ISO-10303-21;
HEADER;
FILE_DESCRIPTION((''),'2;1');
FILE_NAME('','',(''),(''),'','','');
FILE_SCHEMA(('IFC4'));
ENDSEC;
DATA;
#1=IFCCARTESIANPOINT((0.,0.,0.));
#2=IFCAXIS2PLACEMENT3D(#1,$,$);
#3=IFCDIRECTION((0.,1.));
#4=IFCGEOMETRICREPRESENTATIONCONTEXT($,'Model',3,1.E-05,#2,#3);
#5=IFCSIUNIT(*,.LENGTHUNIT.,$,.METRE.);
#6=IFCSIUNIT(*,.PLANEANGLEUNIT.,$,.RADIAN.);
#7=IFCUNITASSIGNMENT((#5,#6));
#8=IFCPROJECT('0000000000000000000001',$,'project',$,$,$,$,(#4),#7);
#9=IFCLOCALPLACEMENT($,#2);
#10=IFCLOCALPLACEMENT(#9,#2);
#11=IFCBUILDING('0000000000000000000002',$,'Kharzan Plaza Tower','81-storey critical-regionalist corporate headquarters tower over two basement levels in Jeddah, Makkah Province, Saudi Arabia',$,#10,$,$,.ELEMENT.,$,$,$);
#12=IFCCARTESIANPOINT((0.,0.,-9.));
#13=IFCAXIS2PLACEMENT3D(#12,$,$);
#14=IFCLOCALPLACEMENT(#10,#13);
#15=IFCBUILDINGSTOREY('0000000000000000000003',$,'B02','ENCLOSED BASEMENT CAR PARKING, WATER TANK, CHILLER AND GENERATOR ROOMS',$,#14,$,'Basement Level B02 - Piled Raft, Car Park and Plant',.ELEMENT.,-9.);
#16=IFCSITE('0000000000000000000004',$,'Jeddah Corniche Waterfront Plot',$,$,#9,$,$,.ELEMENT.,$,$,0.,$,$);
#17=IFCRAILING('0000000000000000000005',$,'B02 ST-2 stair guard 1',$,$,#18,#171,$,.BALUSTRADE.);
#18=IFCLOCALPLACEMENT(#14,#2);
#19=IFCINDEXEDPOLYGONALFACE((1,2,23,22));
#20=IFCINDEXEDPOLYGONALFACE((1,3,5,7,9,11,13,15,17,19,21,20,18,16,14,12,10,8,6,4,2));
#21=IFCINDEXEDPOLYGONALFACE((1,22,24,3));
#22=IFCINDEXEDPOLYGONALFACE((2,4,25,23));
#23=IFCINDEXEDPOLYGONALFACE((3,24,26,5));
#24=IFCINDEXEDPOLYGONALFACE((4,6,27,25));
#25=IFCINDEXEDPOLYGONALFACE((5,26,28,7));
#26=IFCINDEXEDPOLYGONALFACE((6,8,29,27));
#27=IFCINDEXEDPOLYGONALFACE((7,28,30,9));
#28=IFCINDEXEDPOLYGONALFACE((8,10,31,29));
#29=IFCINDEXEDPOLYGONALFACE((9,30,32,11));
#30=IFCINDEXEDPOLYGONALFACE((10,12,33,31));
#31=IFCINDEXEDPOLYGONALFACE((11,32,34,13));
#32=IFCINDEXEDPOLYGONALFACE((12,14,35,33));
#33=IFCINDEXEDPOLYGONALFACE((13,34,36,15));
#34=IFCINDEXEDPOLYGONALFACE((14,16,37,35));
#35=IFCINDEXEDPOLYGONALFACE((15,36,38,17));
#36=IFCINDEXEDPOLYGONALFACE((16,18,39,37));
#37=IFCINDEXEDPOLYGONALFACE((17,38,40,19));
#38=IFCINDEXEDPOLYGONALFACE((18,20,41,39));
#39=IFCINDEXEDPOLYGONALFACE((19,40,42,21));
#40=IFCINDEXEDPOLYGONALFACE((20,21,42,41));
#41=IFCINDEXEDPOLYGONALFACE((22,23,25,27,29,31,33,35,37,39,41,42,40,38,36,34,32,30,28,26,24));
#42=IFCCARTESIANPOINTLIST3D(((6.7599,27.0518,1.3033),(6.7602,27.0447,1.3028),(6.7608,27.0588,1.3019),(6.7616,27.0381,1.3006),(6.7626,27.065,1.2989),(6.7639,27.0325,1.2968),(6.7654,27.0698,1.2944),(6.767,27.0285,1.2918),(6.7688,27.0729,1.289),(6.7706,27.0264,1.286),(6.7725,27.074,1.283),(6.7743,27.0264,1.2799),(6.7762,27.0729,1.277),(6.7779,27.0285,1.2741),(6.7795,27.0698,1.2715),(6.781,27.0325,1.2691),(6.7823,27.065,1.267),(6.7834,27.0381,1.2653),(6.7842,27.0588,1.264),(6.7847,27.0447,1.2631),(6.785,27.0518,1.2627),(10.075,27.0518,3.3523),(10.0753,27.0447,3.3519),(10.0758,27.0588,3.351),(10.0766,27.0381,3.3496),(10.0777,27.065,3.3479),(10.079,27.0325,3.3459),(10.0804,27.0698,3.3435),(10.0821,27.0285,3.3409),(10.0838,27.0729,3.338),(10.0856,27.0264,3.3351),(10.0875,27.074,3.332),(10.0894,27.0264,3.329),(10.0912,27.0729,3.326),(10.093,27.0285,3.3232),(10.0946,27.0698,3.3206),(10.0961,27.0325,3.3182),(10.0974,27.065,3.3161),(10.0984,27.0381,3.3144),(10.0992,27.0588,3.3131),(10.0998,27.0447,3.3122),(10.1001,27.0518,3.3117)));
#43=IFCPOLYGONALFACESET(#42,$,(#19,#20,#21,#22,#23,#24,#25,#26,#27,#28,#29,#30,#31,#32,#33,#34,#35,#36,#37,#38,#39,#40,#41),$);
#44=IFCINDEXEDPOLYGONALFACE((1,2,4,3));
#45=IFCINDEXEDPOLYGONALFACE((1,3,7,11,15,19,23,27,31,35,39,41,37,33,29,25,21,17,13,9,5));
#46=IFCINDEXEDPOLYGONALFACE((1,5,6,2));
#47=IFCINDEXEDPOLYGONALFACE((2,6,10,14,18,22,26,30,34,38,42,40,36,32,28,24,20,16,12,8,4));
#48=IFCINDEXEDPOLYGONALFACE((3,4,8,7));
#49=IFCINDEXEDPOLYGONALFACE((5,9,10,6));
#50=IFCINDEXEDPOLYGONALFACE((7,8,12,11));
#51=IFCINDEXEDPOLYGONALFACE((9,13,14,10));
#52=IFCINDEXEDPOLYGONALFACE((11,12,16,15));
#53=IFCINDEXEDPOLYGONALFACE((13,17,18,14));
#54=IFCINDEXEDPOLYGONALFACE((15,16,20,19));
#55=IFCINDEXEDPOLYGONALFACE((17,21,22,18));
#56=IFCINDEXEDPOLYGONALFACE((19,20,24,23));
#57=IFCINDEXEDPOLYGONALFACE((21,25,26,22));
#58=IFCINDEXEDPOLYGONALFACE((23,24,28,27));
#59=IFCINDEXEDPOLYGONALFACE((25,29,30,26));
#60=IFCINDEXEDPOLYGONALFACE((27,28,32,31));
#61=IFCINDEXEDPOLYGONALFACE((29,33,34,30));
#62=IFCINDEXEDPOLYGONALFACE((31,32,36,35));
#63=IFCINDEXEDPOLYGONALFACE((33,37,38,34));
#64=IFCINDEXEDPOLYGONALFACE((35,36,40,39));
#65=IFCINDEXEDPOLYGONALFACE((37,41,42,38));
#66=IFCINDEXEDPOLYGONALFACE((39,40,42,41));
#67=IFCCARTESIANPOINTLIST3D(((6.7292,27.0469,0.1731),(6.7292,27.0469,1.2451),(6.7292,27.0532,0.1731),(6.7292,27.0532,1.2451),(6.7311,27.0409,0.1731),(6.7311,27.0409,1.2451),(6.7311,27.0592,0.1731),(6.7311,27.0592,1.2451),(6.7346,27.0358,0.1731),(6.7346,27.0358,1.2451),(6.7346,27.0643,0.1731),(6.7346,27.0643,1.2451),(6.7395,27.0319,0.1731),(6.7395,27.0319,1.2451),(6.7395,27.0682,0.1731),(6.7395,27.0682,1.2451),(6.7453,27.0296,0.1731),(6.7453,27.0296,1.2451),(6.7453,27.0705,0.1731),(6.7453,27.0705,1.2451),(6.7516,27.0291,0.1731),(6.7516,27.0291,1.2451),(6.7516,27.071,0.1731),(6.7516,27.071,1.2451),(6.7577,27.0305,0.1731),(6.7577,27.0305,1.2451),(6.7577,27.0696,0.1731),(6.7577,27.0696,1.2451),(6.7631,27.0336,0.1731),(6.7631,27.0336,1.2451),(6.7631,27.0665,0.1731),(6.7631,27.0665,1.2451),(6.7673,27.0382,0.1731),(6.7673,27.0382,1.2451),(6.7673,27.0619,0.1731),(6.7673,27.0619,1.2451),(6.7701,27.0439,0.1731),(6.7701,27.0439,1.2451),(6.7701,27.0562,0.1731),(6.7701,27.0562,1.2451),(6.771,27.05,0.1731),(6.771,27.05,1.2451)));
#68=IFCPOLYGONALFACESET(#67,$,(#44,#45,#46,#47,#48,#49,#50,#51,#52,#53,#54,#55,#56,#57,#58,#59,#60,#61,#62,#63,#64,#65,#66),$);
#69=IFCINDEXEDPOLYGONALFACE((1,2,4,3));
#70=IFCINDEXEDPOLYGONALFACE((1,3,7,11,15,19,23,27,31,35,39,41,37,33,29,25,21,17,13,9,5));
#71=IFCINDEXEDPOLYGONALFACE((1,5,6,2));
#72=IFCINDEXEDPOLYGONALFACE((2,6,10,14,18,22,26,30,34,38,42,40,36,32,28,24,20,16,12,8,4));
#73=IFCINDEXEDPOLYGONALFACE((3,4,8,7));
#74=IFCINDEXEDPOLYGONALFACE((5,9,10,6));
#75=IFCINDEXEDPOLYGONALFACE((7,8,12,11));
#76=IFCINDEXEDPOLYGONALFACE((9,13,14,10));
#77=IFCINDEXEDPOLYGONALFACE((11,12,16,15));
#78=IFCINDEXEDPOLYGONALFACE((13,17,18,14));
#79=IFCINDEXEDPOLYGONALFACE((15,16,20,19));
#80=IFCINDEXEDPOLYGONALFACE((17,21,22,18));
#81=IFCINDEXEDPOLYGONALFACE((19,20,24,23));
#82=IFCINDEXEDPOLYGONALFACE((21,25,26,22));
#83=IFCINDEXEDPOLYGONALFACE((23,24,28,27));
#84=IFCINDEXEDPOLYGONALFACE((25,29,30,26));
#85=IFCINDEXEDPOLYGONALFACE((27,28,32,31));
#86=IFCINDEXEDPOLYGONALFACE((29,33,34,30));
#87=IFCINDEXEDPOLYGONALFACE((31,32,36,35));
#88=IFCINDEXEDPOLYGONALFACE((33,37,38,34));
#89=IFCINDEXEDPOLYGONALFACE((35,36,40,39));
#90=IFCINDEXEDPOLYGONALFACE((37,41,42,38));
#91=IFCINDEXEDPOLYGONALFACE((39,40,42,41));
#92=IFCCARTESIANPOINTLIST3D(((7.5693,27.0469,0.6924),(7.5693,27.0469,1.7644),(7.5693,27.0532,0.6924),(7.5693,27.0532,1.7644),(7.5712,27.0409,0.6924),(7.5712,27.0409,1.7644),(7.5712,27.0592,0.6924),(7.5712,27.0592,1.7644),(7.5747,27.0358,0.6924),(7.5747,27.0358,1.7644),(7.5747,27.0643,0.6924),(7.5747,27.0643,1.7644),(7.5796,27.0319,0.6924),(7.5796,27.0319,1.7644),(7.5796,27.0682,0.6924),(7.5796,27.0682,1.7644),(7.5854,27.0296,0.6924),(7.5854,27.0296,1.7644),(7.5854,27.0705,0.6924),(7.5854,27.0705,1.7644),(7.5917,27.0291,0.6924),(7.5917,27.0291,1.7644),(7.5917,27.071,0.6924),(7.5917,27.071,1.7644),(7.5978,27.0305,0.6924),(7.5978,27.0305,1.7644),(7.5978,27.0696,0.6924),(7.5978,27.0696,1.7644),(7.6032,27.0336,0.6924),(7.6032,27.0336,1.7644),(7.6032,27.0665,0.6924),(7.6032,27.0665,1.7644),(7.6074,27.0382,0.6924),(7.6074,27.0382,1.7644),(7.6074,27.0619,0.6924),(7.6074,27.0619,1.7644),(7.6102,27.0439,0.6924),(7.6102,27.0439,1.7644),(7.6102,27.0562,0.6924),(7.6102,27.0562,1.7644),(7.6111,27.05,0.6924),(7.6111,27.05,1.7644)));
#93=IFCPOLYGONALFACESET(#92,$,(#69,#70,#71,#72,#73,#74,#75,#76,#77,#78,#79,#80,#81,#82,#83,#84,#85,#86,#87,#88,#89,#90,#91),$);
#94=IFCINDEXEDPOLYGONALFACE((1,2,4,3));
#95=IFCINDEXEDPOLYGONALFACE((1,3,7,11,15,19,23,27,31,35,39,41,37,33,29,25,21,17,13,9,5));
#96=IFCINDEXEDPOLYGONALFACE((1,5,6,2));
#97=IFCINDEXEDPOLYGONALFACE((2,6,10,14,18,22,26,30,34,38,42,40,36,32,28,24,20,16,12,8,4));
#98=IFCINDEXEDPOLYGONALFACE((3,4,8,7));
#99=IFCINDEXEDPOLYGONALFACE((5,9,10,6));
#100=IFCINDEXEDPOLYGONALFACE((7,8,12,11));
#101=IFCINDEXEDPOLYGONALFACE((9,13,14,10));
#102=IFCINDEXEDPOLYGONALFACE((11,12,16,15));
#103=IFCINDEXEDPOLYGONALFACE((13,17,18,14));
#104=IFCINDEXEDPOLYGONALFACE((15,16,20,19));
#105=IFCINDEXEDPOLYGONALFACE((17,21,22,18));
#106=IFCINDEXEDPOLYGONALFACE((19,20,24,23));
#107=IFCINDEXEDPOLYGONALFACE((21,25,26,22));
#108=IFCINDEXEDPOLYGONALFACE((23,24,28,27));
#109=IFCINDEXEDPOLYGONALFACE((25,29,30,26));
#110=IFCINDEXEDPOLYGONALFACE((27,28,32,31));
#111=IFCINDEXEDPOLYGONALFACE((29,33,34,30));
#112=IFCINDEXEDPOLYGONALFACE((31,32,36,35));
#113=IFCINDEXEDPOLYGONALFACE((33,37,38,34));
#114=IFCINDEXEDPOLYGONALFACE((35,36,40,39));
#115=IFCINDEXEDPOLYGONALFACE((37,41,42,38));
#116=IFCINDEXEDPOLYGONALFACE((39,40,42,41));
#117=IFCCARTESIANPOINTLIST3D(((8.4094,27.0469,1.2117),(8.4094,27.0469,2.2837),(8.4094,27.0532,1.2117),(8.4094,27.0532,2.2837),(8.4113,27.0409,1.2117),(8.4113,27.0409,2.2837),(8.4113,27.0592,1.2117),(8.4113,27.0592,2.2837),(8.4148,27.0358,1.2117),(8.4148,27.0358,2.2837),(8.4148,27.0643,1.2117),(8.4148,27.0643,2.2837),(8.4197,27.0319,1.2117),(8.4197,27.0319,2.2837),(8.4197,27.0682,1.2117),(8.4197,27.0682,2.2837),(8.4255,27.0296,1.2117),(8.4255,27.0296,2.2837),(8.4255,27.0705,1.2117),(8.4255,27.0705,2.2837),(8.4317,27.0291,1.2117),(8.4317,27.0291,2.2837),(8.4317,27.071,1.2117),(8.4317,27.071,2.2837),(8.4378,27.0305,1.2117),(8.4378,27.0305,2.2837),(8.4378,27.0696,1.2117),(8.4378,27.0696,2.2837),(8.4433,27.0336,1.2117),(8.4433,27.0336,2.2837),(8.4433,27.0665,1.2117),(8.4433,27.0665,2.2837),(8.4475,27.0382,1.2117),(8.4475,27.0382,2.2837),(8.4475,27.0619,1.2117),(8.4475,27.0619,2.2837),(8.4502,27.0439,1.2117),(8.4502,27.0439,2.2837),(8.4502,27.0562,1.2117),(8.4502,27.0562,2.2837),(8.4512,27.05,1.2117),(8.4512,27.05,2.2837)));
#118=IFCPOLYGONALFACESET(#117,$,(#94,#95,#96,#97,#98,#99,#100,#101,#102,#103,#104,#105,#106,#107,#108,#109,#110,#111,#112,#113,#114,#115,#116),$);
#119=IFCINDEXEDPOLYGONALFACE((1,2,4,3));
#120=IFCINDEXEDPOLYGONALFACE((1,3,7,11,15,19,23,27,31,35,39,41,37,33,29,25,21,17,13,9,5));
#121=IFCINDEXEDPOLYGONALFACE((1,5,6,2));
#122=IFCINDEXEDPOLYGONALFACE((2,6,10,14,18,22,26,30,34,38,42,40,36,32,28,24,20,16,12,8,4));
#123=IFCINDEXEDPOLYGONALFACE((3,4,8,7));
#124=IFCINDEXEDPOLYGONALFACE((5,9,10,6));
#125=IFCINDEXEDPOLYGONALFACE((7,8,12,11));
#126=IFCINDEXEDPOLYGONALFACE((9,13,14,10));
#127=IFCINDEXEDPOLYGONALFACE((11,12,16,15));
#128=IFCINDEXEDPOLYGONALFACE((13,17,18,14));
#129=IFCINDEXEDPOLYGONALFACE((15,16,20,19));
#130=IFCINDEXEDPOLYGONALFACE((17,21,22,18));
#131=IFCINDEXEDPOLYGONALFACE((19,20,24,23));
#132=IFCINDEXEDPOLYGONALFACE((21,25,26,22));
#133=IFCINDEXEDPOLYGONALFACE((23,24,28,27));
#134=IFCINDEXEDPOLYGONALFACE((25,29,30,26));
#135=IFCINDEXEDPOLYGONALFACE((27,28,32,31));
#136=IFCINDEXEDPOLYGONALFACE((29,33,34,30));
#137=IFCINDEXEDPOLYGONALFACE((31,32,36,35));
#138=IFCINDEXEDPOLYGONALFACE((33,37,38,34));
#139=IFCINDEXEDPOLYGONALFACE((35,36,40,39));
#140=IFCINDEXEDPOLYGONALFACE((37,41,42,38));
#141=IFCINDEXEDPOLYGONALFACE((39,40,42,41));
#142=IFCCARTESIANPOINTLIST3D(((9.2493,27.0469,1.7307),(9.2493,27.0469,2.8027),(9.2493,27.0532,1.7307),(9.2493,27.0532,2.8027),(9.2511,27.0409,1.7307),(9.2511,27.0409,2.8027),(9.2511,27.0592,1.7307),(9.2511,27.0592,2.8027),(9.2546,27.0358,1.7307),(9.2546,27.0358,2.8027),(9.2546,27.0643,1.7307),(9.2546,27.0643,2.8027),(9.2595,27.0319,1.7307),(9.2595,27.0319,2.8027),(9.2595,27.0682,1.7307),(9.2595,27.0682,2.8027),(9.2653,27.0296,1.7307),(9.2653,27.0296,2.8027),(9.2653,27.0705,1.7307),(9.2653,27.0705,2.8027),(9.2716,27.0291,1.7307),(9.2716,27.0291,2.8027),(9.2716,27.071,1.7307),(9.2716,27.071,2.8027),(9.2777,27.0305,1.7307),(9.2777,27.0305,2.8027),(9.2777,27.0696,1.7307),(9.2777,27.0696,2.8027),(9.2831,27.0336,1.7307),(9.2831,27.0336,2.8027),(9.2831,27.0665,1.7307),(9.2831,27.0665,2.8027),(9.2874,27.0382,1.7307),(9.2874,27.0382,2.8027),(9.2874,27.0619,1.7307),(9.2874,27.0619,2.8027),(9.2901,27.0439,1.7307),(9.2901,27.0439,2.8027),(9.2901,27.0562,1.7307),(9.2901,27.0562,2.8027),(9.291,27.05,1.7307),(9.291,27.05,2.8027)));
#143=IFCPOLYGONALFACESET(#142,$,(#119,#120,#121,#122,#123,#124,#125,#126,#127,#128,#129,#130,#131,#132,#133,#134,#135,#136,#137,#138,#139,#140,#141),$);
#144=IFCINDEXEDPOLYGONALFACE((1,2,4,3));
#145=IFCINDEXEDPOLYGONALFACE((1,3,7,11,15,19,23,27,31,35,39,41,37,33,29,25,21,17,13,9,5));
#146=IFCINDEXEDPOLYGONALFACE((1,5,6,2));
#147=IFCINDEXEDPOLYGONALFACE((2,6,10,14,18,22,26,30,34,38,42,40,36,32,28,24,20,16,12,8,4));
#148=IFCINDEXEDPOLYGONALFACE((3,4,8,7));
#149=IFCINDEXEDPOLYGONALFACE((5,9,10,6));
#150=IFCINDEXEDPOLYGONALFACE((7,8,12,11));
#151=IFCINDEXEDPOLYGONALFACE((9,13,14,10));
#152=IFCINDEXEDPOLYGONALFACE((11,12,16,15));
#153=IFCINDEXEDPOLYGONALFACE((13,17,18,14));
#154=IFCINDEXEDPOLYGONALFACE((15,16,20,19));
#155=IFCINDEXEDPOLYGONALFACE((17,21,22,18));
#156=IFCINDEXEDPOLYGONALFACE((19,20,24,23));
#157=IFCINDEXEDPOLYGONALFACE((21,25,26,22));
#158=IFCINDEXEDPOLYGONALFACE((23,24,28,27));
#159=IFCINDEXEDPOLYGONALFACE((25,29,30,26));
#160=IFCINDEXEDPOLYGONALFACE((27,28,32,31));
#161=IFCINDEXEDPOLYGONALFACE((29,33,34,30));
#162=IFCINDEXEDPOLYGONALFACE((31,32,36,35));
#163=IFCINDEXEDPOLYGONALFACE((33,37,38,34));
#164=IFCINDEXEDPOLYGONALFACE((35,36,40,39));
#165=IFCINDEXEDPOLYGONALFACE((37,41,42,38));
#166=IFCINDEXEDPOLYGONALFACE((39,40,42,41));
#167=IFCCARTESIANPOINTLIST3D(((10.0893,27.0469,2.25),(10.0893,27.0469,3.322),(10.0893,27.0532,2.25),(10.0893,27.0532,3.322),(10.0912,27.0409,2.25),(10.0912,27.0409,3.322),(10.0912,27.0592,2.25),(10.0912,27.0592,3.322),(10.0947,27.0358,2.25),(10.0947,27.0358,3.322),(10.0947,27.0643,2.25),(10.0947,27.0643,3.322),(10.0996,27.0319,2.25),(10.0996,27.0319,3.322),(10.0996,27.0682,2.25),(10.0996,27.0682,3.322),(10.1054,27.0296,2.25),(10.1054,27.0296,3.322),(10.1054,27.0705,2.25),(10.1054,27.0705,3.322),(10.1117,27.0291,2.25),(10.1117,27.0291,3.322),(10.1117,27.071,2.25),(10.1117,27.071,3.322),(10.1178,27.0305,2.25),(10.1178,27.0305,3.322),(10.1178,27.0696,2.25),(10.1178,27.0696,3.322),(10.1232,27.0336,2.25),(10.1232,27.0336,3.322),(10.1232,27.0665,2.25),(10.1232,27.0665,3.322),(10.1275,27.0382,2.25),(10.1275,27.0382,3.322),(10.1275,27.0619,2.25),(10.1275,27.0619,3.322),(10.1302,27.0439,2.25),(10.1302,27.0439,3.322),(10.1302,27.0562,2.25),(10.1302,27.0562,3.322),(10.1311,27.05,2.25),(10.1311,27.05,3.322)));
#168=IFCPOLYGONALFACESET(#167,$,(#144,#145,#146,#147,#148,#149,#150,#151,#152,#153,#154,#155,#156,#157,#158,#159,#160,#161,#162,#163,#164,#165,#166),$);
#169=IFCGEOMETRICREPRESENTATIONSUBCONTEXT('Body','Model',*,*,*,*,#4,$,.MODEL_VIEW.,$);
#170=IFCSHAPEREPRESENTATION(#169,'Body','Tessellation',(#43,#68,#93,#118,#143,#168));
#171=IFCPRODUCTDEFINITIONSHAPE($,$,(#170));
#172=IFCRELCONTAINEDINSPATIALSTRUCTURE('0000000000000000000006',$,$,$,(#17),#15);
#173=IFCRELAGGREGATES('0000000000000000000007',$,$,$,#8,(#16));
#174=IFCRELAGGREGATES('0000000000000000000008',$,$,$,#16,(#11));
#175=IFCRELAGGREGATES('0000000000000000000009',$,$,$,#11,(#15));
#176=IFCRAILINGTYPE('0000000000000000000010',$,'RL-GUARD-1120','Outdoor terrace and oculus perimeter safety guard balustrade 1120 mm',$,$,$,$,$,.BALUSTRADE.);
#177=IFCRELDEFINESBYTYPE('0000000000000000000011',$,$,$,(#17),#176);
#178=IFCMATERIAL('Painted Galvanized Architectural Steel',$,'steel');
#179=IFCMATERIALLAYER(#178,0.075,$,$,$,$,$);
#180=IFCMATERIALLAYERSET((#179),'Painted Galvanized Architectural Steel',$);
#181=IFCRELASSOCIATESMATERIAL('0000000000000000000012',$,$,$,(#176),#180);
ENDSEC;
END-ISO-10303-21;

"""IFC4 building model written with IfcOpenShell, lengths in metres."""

from ifc_helpers import new_model, si_unit, direction, frame, origin, origin_2d, place, context, subcontext, project, spatial, circle, extrude, source, transform, mapped, material, layer, layer_set, type_object, element, save


model = new_model("IFC4")

# Units and contexts
model_context = context("Model", 3, precision=1e-05, world=origin(), true_north=direction((0.0, 1.0)))
body_context = subcontext(model_context, "Body", "Model", "MODEL_VIEW")
ifc_project = project(units=[si_unit("LENGTHUNIT", "METRE"), si_unit("PLANEANGLEUNIT", "RADIAN")], contexts=[model_context])

# Site, building, storey
site_placement = place(None, origin())
site = spatial("IfcSite", under=ifc_project, at=site_placement, Name="Jeddah Corniche Waterfront Plot", CompositionType="ELEMENT", RefElevation=0.0)
building_placement = place(site_placement, origin())
building = spatial("IfcBuilding", under=site, at=building_placement, Name="Kharzan Plaza Tower", Description="81-storey critical-regionalist corporate headquarters tower over two basement levels in Jeddah, Makkah Province, Saudi Arabia", CompositionType="ELEMENT")
storey_placement = place(building_placement, frame((0.0, 0.0, -9.0)))
storey = spatial("IfcBuildingStorey", under=building, at=storey_placement, Name="B02", Description="ENCLOSED BASEMENT CAR PARKING, WATER TANK, CHILLER AND GENERATOR ROOMS", LongName="Basement Level B02 - Piled Raft, Car Park and Plant", CompositionType="ELEMENT", Elevation=-9.0)

# Railing
ifc_material_1 = material(Name="Painted Galvanized Architectural Steel", Category="steel")
ifc_layer_1 = layer(ifc_material_1, 0.075)
ifc_layer_set_1 = layer_set([ifc_layer_1], Name="Painted Galvanized Architectural Steel")
railing_type_1 = type_object("IfcRailingType", Name="RL-GUARD-1120", Description="Outdoor terrace and oculus perimeter safety guard balustrade 1120 mm", PredefinedType="BALUSTRADE", material=ifc_layer_set_1)
shared_shape_1 = source(origin(), body_context, "Body", "SweptSolid", [
    extrude(circle(Radius=0.0239, at=origin_2d()), frame((0.0225, 0.0, 1.1099), z_axis=(0.850623, 0.0, 0.525776), x_axis=(0.0, 1.0, 0.0)), (0.0, 0.0, 1.0), 3.8972),
    extrude(circle(Radius=0.021, at=origin_2d()), origin(), (0.0, 0.0, 1.0), 1.072),
    extrude(circle(Radius=0.021, at=origin_2d()), frame((0.8401, 0.0, 0.5193)), (0.0, 0.0, 1.0), 1.072),
    extrude(circle(Radius=0.021, at=origin_2d()), frame((1.6802, 0.0, 1.0386)), (0.0, 0.0, 1.0), 1.072),
    extrude(circle(Radius=0.021, at=origin_2d()), frame((2.52, 0.0, 1.5576)), (0.0, 0.0, 1.0), 1.072),
    extrude(circle(Radius=0.021, at=origin_2d()), frame((3.3601, 0.0, 2.0769)), (0.0, 0.0, 1.0), 1.072),
])
railing_1_placement = place(storey_placement, frame((6.75, 27.05, 0.1731)))
element("IfcRailing", 1, at=railing_1_placement, inside=storey, type_object=railing_type_1, Name="B02 ST-2 stair guard 1", PredefinedType="BALUSTRADE", context=body_context, shape_type="MappedRepresentation", body=[
    mapped(shared_shape_1, transform((0.0, 0.0, 0.0), x_axis=(1.0, 0.0, 0.0), y_axis=(0.0, 1.0, 0.0), z_axis=(0.0, 0.0, 1.0))),
])

save(model, "model.ifc")
